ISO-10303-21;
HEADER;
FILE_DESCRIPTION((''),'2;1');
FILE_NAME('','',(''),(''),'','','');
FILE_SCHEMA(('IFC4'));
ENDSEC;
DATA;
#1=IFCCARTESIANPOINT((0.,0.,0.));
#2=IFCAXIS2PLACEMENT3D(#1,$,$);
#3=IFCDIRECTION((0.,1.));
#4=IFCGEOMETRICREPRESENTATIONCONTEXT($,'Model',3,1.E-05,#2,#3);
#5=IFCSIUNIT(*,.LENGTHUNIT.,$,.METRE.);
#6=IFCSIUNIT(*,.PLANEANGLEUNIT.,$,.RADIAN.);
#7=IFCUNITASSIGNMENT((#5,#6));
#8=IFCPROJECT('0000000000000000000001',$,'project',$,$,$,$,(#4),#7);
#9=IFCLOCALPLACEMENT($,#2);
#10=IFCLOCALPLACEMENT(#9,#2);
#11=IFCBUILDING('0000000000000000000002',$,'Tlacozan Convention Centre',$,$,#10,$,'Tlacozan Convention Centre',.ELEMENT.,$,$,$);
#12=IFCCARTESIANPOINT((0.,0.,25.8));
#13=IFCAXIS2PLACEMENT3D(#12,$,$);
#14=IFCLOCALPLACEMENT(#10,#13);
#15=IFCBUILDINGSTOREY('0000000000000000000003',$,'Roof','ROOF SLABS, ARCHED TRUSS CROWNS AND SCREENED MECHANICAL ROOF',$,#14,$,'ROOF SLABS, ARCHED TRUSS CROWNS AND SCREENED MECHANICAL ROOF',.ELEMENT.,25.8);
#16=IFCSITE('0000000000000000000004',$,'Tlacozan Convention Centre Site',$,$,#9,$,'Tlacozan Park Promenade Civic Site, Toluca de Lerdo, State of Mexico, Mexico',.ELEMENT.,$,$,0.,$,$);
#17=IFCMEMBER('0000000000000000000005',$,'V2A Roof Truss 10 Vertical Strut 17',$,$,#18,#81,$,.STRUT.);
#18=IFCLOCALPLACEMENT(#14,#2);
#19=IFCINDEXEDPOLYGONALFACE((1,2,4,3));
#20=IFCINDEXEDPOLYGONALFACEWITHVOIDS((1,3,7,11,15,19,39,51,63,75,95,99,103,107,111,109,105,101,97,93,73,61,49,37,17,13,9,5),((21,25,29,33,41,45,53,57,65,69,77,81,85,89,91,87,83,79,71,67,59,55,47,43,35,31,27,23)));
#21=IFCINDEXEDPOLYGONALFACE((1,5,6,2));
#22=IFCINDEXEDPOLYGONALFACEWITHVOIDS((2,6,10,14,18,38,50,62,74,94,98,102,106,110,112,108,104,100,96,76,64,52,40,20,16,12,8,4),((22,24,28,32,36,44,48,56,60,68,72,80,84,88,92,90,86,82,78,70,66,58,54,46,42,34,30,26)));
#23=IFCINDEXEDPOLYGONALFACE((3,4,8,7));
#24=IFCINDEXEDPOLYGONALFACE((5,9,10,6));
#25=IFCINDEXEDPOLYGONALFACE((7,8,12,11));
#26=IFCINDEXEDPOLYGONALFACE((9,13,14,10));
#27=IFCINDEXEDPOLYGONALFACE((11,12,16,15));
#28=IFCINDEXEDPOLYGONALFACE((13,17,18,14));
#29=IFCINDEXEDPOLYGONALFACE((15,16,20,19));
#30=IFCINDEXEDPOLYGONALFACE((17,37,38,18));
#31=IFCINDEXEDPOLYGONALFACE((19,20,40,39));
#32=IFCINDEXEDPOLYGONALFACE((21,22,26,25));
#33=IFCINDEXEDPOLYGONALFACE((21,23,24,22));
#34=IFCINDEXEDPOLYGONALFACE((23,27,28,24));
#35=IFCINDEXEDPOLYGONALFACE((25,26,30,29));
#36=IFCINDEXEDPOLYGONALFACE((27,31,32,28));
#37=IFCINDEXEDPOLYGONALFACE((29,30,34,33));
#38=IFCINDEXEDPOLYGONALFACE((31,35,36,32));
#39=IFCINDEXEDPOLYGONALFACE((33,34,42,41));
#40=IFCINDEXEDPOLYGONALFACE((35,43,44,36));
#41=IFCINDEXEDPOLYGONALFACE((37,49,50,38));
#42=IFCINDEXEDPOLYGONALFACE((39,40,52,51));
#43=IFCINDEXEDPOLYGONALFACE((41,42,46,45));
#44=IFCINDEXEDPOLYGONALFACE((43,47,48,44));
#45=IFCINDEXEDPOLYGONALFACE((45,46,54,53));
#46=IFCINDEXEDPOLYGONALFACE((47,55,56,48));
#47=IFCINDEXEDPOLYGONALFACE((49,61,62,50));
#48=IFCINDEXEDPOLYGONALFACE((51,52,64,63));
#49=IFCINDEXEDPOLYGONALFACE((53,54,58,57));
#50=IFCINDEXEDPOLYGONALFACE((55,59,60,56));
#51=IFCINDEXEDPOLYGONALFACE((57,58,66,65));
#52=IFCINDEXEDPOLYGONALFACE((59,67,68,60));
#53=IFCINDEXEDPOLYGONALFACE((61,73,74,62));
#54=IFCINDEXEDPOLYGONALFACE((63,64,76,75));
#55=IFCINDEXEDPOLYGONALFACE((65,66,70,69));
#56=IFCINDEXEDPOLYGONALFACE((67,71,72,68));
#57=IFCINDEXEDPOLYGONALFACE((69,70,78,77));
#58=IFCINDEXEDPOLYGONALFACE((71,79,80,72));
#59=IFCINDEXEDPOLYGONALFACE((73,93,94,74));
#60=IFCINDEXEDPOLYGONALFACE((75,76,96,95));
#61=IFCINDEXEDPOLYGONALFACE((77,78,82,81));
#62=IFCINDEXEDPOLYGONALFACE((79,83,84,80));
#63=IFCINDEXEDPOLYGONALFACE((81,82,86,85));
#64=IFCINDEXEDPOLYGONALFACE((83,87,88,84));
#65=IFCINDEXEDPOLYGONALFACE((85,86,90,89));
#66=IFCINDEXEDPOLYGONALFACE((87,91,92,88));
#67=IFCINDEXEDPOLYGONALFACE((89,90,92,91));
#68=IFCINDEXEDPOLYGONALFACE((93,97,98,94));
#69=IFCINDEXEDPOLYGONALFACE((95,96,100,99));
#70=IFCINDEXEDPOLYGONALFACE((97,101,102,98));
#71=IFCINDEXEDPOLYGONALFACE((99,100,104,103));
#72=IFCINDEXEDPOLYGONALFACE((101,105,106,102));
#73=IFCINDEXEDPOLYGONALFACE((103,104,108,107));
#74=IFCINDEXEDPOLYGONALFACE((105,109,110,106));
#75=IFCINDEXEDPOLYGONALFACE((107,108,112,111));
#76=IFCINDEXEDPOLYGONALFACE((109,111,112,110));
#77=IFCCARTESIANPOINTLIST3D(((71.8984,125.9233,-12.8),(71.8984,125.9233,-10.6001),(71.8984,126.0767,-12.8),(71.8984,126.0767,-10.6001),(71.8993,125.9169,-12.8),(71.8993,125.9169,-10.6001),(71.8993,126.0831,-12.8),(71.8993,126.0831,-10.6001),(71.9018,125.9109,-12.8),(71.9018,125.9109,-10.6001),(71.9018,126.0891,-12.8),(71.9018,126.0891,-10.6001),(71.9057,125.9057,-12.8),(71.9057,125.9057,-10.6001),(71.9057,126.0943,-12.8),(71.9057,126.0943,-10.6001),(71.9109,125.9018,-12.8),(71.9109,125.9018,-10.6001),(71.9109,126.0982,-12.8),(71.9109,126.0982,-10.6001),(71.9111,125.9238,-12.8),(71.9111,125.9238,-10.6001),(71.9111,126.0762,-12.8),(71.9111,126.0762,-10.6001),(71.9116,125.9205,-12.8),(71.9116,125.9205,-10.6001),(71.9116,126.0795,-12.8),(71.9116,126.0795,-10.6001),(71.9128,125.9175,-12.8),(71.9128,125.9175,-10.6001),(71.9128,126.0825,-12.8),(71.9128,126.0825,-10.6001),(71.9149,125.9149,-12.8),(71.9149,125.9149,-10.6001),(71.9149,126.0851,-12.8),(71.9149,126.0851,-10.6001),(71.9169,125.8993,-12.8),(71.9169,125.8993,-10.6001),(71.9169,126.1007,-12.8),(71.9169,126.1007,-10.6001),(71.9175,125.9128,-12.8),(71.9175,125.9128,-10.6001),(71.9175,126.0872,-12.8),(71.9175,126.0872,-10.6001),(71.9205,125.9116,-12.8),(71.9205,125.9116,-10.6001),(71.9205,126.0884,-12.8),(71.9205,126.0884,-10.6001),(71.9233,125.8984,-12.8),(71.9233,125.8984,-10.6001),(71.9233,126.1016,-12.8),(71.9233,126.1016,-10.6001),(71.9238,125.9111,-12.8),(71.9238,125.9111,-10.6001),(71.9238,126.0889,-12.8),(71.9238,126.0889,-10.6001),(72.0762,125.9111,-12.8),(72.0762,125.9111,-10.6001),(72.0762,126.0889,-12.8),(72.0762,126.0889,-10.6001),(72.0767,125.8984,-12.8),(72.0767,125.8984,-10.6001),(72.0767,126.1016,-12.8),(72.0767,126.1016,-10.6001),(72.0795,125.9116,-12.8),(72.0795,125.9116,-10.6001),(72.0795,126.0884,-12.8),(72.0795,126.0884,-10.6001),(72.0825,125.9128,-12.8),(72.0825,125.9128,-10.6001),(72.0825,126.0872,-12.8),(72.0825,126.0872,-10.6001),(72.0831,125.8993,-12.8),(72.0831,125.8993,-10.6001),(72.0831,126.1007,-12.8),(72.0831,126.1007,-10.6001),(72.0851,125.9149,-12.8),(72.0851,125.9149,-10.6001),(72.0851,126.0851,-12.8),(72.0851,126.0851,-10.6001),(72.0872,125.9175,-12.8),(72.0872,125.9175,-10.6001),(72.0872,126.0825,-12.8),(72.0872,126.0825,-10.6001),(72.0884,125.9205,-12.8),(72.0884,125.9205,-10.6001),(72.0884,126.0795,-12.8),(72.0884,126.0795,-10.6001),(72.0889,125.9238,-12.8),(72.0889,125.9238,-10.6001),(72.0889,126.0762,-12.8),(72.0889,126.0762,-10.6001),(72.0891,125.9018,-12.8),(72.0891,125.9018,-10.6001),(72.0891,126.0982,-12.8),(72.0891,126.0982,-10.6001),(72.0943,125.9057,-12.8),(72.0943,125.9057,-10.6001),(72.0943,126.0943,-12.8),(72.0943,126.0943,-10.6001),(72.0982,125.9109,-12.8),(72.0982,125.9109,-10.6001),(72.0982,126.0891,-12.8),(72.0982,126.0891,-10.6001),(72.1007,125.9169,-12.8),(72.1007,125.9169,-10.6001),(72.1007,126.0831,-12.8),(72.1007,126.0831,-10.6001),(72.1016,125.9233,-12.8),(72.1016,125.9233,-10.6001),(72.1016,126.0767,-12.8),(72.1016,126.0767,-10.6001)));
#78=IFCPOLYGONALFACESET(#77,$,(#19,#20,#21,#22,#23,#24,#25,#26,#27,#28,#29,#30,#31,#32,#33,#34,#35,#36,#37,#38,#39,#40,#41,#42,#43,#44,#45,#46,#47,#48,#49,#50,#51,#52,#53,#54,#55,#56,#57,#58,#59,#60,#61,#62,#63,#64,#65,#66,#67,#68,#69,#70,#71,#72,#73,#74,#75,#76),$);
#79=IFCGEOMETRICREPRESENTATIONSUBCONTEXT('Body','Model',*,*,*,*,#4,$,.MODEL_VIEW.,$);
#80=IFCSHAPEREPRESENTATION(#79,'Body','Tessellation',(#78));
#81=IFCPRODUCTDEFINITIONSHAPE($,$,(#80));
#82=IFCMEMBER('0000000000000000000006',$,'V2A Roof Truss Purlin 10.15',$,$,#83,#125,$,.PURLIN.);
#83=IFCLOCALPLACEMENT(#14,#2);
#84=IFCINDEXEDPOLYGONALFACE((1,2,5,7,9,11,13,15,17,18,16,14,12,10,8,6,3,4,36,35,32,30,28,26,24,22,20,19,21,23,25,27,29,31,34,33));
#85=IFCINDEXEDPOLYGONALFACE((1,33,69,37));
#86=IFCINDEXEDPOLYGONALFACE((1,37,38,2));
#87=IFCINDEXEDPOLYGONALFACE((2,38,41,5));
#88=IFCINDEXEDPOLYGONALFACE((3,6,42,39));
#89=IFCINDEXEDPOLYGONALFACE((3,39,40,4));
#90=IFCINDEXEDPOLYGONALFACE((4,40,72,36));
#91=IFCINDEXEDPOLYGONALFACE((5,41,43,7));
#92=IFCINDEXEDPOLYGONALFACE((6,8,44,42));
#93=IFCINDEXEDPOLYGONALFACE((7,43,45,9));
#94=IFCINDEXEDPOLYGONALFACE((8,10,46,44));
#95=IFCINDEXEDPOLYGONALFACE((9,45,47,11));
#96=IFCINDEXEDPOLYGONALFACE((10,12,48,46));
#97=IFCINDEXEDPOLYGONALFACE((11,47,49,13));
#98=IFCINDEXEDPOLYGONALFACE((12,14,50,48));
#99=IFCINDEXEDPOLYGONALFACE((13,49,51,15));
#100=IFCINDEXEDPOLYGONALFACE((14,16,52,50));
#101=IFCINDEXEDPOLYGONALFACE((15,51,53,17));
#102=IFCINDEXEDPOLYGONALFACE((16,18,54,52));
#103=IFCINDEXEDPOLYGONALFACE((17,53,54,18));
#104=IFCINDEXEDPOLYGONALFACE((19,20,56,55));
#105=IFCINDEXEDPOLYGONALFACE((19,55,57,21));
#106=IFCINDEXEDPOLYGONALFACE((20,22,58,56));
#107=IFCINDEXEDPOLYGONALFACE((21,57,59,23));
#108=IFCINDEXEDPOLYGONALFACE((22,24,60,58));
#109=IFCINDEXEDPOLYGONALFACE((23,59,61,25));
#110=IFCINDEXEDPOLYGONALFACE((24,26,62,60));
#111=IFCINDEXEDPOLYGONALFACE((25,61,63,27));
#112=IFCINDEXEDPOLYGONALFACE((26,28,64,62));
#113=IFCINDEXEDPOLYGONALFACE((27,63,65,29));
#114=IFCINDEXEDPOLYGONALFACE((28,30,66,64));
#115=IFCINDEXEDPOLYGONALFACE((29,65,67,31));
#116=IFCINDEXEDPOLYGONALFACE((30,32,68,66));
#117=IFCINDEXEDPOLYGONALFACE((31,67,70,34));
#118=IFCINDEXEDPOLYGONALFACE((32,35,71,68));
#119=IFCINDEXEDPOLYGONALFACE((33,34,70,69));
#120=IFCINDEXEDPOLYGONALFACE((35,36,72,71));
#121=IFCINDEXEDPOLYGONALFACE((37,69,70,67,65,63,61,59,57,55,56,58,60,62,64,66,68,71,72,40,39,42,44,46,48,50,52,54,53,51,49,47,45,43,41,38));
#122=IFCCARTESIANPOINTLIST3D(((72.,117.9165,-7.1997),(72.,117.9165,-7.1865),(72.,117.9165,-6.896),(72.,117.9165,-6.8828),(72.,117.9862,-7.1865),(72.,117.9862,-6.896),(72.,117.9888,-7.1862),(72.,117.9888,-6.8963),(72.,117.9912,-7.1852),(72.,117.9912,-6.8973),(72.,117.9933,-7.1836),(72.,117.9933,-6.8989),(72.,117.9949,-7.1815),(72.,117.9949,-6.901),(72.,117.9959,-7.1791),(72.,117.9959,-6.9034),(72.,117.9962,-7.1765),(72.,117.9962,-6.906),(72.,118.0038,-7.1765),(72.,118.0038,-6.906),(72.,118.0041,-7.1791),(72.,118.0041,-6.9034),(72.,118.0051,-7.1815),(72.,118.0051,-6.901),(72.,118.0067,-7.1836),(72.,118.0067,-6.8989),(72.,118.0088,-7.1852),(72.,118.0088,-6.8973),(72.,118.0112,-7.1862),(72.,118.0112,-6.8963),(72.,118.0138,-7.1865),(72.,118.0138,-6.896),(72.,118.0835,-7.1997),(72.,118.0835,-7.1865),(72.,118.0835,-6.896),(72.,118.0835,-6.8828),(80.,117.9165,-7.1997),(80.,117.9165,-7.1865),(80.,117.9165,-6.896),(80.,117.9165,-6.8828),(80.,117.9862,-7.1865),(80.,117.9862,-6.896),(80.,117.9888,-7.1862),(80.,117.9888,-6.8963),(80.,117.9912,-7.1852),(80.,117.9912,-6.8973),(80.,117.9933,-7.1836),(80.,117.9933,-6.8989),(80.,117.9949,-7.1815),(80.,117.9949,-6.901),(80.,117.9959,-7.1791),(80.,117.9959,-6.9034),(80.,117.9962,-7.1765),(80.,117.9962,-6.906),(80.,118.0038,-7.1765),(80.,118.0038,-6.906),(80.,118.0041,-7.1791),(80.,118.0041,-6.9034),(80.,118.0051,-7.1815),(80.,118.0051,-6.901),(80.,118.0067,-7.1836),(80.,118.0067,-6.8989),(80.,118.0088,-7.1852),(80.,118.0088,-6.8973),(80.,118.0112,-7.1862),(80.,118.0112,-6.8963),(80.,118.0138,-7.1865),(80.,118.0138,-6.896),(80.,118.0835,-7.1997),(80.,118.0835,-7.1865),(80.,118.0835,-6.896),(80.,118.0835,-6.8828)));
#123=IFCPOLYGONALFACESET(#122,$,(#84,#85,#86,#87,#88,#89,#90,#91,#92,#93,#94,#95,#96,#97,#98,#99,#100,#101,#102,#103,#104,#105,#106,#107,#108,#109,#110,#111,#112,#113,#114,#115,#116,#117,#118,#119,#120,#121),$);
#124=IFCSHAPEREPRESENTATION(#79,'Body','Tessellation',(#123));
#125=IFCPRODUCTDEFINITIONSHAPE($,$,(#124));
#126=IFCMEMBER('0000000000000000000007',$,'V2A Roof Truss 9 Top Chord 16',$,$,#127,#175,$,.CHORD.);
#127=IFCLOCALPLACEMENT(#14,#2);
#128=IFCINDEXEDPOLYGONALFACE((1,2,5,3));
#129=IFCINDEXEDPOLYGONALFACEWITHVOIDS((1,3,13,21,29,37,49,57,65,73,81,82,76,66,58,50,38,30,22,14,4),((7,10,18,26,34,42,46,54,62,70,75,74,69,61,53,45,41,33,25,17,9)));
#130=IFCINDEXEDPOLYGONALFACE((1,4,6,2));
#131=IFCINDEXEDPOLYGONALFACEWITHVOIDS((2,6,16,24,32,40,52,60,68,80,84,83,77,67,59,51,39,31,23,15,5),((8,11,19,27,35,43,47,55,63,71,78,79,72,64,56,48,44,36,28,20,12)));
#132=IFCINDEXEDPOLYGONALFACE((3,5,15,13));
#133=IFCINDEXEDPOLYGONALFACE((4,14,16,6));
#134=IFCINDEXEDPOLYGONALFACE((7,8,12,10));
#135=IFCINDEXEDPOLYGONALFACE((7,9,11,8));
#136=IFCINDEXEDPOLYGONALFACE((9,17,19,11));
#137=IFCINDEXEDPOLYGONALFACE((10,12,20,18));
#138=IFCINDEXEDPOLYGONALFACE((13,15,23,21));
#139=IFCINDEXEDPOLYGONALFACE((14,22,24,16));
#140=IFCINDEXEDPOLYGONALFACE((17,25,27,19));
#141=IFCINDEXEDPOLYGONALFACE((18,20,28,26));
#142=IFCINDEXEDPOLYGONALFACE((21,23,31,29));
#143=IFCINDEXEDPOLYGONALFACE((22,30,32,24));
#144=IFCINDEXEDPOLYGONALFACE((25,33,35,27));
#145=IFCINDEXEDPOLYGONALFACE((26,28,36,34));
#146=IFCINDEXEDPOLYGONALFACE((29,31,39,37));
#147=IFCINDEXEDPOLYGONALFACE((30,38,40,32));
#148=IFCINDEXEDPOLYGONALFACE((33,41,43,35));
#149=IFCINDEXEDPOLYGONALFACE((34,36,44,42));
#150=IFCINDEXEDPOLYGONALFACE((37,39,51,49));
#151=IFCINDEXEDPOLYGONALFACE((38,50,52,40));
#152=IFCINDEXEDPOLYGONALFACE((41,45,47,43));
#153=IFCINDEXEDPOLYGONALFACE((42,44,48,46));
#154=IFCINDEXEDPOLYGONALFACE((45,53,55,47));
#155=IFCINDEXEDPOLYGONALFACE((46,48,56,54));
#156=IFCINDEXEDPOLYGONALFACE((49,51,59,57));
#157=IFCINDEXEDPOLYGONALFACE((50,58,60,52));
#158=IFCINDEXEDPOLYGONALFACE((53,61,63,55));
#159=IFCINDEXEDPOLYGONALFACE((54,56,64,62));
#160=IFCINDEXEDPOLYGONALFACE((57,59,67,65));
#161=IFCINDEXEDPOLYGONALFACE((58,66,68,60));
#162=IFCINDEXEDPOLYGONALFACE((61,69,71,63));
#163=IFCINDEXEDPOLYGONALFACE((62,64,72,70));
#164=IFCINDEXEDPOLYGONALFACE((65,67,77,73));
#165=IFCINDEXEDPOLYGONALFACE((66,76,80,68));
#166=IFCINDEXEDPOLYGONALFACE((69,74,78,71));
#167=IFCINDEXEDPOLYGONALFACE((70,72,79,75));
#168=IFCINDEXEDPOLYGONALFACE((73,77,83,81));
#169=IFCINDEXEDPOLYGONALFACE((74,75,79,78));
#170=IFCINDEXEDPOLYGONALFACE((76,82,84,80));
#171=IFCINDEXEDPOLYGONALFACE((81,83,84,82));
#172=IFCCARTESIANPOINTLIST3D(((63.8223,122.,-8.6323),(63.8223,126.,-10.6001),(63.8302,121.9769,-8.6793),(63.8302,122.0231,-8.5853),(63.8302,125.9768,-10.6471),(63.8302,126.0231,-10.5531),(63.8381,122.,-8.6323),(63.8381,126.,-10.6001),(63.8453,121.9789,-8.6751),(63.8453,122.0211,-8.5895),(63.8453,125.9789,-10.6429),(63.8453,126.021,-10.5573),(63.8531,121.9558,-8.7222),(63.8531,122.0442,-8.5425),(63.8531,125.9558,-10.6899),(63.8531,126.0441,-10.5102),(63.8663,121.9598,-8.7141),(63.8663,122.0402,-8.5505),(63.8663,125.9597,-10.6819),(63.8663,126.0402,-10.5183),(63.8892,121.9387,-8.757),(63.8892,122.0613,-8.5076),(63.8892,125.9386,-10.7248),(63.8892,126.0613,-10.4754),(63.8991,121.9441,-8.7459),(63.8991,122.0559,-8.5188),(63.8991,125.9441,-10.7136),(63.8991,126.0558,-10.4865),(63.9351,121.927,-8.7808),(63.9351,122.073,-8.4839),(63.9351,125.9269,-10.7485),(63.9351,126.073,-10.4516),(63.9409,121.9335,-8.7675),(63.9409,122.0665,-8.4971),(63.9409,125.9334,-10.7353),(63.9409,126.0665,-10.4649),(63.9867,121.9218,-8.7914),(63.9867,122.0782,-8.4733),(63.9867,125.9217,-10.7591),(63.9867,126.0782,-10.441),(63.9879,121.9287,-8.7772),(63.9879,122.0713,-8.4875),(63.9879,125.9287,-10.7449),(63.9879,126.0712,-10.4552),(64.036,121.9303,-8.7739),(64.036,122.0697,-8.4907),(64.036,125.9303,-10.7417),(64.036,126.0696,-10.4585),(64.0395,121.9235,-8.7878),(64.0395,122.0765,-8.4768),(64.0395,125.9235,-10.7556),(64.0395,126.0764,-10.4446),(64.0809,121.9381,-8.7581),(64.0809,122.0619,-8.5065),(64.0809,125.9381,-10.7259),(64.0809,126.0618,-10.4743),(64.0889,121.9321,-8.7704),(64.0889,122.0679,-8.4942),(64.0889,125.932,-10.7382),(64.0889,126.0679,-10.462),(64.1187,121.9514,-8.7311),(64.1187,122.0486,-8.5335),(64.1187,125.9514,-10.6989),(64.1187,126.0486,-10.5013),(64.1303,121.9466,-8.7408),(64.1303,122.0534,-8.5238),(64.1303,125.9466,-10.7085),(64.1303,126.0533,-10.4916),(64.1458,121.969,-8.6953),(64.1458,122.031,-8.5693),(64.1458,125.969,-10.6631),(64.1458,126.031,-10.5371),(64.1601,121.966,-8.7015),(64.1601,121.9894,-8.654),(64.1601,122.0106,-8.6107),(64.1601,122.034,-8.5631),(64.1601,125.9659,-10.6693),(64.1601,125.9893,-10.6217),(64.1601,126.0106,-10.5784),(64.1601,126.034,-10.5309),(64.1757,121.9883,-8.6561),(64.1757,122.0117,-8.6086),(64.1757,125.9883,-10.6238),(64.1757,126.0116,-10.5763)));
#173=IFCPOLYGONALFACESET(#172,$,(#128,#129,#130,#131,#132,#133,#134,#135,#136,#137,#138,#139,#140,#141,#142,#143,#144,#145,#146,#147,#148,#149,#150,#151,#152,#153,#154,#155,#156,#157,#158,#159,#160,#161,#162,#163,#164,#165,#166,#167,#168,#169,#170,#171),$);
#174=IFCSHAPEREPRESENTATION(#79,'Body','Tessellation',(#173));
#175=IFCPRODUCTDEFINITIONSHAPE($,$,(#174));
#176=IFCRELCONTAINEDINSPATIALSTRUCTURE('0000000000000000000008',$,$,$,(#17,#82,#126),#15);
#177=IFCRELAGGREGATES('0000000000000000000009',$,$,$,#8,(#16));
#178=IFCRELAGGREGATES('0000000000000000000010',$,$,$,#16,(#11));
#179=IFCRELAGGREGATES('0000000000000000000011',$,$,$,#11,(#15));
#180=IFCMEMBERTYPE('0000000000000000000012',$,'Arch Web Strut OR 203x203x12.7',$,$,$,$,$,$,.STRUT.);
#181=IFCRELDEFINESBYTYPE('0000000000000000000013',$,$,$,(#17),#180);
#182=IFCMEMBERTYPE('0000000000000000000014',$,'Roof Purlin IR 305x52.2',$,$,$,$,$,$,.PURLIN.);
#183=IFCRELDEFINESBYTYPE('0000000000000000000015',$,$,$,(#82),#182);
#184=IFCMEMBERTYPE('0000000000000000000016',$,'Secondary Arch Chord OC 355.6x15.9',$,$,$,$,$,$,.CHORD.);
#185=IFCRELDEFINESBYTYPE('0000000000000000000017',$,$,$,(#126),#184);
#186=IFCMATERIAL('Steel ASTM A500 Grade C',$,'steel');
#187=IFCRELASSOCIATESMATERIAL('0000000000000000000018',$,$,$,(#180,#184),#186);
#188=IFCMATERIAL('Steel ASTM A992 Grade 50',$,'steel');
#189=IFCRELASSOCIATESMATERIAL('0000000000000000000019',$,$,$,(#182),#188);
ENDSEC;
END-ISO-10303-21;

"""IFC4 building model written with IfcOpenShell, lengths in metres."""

from ifc_helpers import new_model, si_unit, direction, frame, origin, origin_2d, place, context, subcontext, project, spatial, hollow_rectangle, hollow_circle, i_section, extrude, material, material_profile, profile_set, type_object, element, save


model = new_model("IFC4")

# Units and contexts
model_context = context("Model", 3, precision=1e-05, world=origin(), true_north=direction((0.0, 1.0)))
body_context = subcontext(model_context, "Body", "Model", "MODEL_VIEW")
ifc_project = project(units=[si_unit("LENGTHUNIT", "METRE"), si_unit("PLANEANGLEUNIT", "RADIAN")], contexts=[model_context])

# Site, building, storey
site_placement = place(None, origin())
site = spatial("IfcSite", under=ifc_project, at=site_placement, Name="Tlacozan Convention Centre Site", LongName="Tlacozan Park Promenade Civic Site, Toluca de Lerdo, State of Mexico, Mexico", CompositionType="ELEMENT", RefElevation=0.0)
building_placement = place(site_placement, origin())
building = spatial("IfcBuilding", under=site, at=building_placement, Name="Tlacozan Convention Centre", LongName="Tlacozan Convention Centre", CompositionType="ELEMENT")
storey_placement = place(building_placement, frame((0.0, 0.0, 25.8)))
storey = spatial("IfcBuildingStorey", under=building, at=storey_placement, Name="Roof", Description="ROOF SLABS, ARCHED TRUSS CROWNS AND SCREENED MECHANICAL ROOF", LongName="ROOF SLABS, ARCHED TRUSS CROWNS AND SCREENED MECHANICAL ROOF", CompositionType="ELEMENT", Elevation=25.8)

# Members
ifc_material_1 = material(Name="Steel ASTM A500 Grade C", Category="steel")
ifc_material_profile_1 = material_profile(ifc_material_1, hollow_rectangle(XDim=0.2031, YDim=0.2031, WallThickness=0.0127, InnerFilletRadius=0.0127, OuterFilletRadius=0.0249, at=origin_2d()), Name="OR 203x203x12.7")
ifc_profile_set_1 = profile_set([ifc_material_profile_1], Name="Steel ASTM A500 Grade C")
member_type_1 = type_object("IfcMemberType", Name="Arch Web Strut OR 203x203x12.7", PredefinedType="STRUT", material=ifc_profile_set_1)
for number, where, z_axis, x_axis, name in (
    (1, (72.0, 126.0, -12.8), (0.0, 0.0, 1.0), (1.0, 0.0, 0.0), "V2A Roof Truss 10 Vertical Strut 17"),
):
    element("IfcMember", number, at=place(storey_placement, frame(where, z_axis=z_axis, x_axis=x_axis)), inside=storey, type_object=member_type_1, Name=name, PredefinedType="STRUT", context=body_context, shape_type="SweptSolid", body=[
        extrude(hollow_rectangle(XDim=0.2031, YDim=0.2031, WallThickness=0.0127, InnerFilletRadius=0.0127, OuterFilletRadius=0.0249, at=origin_2d()), origin(), (0.0, 0.0, 1.0), 2.2),
    ])
ifc_material_2 = material(Name="Steel ASTM A992 Grade 50", Category="steel")
ifc_material_profile_2 = material_profile(ifc_material_2, i_section(OverallWidth=0.167, OverallDepth=0.3169, WebThickness=0.0076, FlangeThickness=0.0132, FilletRadius=0.01, at=origin_2d()), Name="IR 305x52.2")
ifc_profile_set_2 = profile_set([ifc_material_profile_2], Name="Steel ASTM A992 Grade 50")
member_type_2 = type_object("IfcMemberType", Name="Roof Purlin IR 305x52.2", PredefinedType="PURLIN", material=ifc_profile_set_2)
member_1_placement = place(storey_placement, frame((72.0, 118.0, -7.0413), z_axis=(1.0, 0.0, 0.0), x_axis=(0.0, 1.0, 0.0)))
element("IfcMember", 2, at=member_1_placement, inside=storey, type_object=member_type_2, Name="V2A Roof Truss Purlin 10.15", PredefinedType="PURLIN", context=body_context, shape_type="SweptSolid", body=[
    extrude(i_section(OverallWidth=0.167, OverallDepth=0.3169, WebThickness=0.0076, FlangeThickness=0.0132, FilletRadius=0.01, at=origin_2d()), origin(), (0.0, 0.0, 1.0), 8.0),
])
ifc_material_profile_3 = material_profile(ifc_material_1, hollow_circle(Radius=0.1777, WallThickness=0.0159, at=origin_2d()), Name="OC 355.6x15.9")
ifc_profile_set_3 = profile_set([ifc_material_profile_3], Name="Steel ASTM A500 Grade C")
member_type_3 = type_object("IfcMemberType", Name="Secondary Arch Chord OC 355.6x15.9", PredefinedType="CHORD", material=ifc_profile_set_3)
member_2_placement = place(storey_placement, frame((64.0, 122.0, -8.6323), z_axis=(0.0, 0.8973, -0.441421), x_axis=(-1.0, 0.0, 0.0)))
element("IfcMember", 3, at=member_2_placement, inside=storey, type_object=member_type_3, Name="V2A Roof Truss 9 Top Chord 16", PredefinedType="CHORD", context=body_context, shape_type="SweptSolid", body=[
    extrude(hollow_circle(Radius=0.1777, WallThickness=0.0159, at=origin_2d()), origin(), (0.0, 0.0, 1.0), 4.4578),
])

save(model, "model.ifc")
